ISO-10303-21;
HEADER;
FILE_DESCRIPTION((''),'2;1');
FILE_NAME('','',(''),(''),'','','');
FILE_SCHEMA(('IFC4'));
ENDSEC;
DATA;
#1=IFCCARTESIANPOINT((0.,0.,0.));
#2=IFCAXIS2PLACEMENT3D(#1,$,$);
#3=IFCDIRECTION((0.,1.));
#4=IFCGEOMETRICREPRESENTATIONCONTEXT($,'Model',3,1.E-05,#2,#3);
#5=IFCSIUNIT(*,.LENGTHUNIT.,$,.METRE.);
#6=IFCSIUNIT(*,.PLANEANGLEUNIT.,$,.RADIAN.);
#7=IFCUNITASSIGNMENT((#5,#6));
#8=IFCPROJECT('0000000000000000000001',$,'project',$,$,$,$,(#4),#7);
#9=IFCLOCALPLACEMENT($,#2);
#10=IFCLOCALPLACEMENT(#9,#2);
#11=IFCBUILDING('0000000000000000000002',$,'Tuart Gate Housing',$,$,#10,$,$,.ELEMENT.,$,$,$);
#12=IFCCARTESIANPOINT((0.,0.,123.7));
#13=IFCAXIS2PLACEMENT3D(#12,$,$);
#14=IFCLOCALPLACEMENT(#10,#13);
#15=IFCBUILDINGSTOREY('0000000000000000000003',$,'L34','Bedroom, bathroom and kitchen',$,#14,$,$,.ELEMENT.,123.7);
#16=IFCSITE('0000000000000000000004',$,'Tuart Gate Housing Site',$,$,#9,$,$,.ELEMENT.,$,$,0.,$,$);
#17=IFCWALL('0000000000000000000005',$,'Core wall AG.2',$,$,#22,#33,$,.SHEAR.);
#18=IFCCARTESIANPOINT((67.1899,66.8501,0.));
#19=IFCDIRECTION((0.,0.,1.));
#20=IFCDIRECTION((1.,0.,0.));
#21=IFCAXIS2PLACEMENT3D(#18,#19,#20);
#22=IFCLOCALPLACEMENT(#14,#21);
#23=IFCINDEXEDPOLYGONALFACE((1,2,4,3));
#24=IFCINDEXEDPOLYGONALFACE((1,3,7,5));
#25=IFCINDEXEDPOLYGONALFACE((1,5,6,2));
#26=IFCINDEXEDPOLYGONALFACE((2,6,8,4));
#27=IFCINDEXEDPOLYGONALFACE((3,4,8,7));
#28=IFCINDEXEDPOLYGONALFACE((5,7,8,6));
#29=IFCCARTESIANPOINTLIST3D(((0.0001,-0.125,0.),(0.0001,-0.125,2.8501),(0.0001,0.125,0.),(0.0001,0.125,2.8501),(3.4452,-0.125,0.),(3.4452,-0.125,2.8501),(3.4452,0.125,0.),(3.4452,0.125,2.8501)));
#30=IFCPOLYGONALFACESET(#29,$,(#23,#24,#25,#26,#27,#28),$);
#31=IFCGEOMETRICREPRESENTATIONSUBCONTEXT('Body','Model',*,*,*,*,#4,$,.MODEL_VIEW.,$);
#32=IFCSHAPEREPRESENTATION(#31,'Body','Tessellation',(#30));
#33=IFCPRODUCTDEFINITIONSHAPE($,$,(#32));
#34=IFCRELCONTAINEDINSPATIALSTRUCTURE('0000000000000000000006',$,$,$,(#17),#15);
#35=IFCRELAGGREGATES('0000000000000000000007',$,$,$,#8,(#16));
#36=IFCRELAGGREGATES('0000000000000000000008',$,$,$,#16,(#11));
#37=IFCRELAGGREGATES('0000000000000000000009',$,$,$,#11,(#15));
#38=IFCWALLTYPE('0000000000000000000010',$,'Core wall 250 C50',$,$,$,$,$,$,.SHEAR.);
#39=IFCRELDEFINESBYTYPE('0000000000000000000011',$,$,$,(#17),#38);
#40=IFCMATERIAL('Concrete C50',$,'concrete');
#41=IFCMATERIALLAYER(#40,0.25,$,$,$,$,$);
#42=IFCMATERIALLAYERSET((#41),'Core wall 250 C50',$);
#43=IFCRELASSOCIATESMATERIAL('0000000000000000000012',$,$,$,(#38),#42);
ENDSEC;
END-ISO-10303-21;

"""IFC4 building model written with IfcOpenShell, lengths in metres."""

from ifc_helpers import new_model, si_unit, direction, frame, frame_2d, origin, place, context, subcontext, project, spatial, rectangle, extrude, material, layer, layer_set, type_object, element, save


model = new_model("IFC4")

# Units and contexts
model_context = context("Model", 3, precision=1e-05, world=origin(), true_north=direction((0.0, 1.0)))
body_context = subcontext(model_context, "Body", "Model", "MODEL_VIEW")
ifc_project = project(units=[si_unit("LENGTHUNIT", "METRE"), si_unit("PLANEANGLEUNIT", "RADIAN")], contexts=[model_context])

# Site, building, storey
site_placement = place(None, origin())
site = spatial("IfcSite", under=ifc_project, at=site_placement, Name="Tuart Gate Housing Site", CompositionType="ELEMENT", RefElevation=0.0)
building_placement = place(site_placement, origin())
building = spatial("IfcBuilding", under=site, at=building_placement, Name="Tuart Gate Housing", CompositionType="ELEMENT")
storey_placement = place(building_placement, frame((0.0, 0.0, 123.7)))
storey = spatial("IfcBuildingStorey", under=building, at=storey_placement, Name="L34", Description="Bedroom, bathroom and kitchen", CompositionType="ELEMENT", Elevation=123.7)

# Wall
ifc_material_1 = material(Name="Concrete C50", Category="concrete")
ifc_layer_1 = layer(ifc_material_1, 0.25)
ifc_layer_set_1 = layer_set([ifc_layer_1], Name="Core wall 250 C50")
wall_type_1 = type_object("IfcWallType", Name="Core wall 250 C50", PredefinedType="SHEAR", material=ifc_layer_set_1)
wall_1_placement = place(storey_placement, frame((67.1899, 66.8501, 0.0), z_axis=(0.0, 0.0, 1.0), x_axis=(1.0, 0.0, 0.0)))
element("IfcWall", 1, at=wall_1_placement, inside=storey, type_object=wall_type_1, Name="Core wall AG.2", PredefinedType="SHEAR", context=body_context, shape_type="SweptSolid", body=[
    extrude(rectangle(XDim=3.4451, YDim=0.25, at=frame_2d((1.7227, 0.0))), origin(), (0.0, 0.0, 1.0), 2.8501),
])

save(model, "model.ifc")
